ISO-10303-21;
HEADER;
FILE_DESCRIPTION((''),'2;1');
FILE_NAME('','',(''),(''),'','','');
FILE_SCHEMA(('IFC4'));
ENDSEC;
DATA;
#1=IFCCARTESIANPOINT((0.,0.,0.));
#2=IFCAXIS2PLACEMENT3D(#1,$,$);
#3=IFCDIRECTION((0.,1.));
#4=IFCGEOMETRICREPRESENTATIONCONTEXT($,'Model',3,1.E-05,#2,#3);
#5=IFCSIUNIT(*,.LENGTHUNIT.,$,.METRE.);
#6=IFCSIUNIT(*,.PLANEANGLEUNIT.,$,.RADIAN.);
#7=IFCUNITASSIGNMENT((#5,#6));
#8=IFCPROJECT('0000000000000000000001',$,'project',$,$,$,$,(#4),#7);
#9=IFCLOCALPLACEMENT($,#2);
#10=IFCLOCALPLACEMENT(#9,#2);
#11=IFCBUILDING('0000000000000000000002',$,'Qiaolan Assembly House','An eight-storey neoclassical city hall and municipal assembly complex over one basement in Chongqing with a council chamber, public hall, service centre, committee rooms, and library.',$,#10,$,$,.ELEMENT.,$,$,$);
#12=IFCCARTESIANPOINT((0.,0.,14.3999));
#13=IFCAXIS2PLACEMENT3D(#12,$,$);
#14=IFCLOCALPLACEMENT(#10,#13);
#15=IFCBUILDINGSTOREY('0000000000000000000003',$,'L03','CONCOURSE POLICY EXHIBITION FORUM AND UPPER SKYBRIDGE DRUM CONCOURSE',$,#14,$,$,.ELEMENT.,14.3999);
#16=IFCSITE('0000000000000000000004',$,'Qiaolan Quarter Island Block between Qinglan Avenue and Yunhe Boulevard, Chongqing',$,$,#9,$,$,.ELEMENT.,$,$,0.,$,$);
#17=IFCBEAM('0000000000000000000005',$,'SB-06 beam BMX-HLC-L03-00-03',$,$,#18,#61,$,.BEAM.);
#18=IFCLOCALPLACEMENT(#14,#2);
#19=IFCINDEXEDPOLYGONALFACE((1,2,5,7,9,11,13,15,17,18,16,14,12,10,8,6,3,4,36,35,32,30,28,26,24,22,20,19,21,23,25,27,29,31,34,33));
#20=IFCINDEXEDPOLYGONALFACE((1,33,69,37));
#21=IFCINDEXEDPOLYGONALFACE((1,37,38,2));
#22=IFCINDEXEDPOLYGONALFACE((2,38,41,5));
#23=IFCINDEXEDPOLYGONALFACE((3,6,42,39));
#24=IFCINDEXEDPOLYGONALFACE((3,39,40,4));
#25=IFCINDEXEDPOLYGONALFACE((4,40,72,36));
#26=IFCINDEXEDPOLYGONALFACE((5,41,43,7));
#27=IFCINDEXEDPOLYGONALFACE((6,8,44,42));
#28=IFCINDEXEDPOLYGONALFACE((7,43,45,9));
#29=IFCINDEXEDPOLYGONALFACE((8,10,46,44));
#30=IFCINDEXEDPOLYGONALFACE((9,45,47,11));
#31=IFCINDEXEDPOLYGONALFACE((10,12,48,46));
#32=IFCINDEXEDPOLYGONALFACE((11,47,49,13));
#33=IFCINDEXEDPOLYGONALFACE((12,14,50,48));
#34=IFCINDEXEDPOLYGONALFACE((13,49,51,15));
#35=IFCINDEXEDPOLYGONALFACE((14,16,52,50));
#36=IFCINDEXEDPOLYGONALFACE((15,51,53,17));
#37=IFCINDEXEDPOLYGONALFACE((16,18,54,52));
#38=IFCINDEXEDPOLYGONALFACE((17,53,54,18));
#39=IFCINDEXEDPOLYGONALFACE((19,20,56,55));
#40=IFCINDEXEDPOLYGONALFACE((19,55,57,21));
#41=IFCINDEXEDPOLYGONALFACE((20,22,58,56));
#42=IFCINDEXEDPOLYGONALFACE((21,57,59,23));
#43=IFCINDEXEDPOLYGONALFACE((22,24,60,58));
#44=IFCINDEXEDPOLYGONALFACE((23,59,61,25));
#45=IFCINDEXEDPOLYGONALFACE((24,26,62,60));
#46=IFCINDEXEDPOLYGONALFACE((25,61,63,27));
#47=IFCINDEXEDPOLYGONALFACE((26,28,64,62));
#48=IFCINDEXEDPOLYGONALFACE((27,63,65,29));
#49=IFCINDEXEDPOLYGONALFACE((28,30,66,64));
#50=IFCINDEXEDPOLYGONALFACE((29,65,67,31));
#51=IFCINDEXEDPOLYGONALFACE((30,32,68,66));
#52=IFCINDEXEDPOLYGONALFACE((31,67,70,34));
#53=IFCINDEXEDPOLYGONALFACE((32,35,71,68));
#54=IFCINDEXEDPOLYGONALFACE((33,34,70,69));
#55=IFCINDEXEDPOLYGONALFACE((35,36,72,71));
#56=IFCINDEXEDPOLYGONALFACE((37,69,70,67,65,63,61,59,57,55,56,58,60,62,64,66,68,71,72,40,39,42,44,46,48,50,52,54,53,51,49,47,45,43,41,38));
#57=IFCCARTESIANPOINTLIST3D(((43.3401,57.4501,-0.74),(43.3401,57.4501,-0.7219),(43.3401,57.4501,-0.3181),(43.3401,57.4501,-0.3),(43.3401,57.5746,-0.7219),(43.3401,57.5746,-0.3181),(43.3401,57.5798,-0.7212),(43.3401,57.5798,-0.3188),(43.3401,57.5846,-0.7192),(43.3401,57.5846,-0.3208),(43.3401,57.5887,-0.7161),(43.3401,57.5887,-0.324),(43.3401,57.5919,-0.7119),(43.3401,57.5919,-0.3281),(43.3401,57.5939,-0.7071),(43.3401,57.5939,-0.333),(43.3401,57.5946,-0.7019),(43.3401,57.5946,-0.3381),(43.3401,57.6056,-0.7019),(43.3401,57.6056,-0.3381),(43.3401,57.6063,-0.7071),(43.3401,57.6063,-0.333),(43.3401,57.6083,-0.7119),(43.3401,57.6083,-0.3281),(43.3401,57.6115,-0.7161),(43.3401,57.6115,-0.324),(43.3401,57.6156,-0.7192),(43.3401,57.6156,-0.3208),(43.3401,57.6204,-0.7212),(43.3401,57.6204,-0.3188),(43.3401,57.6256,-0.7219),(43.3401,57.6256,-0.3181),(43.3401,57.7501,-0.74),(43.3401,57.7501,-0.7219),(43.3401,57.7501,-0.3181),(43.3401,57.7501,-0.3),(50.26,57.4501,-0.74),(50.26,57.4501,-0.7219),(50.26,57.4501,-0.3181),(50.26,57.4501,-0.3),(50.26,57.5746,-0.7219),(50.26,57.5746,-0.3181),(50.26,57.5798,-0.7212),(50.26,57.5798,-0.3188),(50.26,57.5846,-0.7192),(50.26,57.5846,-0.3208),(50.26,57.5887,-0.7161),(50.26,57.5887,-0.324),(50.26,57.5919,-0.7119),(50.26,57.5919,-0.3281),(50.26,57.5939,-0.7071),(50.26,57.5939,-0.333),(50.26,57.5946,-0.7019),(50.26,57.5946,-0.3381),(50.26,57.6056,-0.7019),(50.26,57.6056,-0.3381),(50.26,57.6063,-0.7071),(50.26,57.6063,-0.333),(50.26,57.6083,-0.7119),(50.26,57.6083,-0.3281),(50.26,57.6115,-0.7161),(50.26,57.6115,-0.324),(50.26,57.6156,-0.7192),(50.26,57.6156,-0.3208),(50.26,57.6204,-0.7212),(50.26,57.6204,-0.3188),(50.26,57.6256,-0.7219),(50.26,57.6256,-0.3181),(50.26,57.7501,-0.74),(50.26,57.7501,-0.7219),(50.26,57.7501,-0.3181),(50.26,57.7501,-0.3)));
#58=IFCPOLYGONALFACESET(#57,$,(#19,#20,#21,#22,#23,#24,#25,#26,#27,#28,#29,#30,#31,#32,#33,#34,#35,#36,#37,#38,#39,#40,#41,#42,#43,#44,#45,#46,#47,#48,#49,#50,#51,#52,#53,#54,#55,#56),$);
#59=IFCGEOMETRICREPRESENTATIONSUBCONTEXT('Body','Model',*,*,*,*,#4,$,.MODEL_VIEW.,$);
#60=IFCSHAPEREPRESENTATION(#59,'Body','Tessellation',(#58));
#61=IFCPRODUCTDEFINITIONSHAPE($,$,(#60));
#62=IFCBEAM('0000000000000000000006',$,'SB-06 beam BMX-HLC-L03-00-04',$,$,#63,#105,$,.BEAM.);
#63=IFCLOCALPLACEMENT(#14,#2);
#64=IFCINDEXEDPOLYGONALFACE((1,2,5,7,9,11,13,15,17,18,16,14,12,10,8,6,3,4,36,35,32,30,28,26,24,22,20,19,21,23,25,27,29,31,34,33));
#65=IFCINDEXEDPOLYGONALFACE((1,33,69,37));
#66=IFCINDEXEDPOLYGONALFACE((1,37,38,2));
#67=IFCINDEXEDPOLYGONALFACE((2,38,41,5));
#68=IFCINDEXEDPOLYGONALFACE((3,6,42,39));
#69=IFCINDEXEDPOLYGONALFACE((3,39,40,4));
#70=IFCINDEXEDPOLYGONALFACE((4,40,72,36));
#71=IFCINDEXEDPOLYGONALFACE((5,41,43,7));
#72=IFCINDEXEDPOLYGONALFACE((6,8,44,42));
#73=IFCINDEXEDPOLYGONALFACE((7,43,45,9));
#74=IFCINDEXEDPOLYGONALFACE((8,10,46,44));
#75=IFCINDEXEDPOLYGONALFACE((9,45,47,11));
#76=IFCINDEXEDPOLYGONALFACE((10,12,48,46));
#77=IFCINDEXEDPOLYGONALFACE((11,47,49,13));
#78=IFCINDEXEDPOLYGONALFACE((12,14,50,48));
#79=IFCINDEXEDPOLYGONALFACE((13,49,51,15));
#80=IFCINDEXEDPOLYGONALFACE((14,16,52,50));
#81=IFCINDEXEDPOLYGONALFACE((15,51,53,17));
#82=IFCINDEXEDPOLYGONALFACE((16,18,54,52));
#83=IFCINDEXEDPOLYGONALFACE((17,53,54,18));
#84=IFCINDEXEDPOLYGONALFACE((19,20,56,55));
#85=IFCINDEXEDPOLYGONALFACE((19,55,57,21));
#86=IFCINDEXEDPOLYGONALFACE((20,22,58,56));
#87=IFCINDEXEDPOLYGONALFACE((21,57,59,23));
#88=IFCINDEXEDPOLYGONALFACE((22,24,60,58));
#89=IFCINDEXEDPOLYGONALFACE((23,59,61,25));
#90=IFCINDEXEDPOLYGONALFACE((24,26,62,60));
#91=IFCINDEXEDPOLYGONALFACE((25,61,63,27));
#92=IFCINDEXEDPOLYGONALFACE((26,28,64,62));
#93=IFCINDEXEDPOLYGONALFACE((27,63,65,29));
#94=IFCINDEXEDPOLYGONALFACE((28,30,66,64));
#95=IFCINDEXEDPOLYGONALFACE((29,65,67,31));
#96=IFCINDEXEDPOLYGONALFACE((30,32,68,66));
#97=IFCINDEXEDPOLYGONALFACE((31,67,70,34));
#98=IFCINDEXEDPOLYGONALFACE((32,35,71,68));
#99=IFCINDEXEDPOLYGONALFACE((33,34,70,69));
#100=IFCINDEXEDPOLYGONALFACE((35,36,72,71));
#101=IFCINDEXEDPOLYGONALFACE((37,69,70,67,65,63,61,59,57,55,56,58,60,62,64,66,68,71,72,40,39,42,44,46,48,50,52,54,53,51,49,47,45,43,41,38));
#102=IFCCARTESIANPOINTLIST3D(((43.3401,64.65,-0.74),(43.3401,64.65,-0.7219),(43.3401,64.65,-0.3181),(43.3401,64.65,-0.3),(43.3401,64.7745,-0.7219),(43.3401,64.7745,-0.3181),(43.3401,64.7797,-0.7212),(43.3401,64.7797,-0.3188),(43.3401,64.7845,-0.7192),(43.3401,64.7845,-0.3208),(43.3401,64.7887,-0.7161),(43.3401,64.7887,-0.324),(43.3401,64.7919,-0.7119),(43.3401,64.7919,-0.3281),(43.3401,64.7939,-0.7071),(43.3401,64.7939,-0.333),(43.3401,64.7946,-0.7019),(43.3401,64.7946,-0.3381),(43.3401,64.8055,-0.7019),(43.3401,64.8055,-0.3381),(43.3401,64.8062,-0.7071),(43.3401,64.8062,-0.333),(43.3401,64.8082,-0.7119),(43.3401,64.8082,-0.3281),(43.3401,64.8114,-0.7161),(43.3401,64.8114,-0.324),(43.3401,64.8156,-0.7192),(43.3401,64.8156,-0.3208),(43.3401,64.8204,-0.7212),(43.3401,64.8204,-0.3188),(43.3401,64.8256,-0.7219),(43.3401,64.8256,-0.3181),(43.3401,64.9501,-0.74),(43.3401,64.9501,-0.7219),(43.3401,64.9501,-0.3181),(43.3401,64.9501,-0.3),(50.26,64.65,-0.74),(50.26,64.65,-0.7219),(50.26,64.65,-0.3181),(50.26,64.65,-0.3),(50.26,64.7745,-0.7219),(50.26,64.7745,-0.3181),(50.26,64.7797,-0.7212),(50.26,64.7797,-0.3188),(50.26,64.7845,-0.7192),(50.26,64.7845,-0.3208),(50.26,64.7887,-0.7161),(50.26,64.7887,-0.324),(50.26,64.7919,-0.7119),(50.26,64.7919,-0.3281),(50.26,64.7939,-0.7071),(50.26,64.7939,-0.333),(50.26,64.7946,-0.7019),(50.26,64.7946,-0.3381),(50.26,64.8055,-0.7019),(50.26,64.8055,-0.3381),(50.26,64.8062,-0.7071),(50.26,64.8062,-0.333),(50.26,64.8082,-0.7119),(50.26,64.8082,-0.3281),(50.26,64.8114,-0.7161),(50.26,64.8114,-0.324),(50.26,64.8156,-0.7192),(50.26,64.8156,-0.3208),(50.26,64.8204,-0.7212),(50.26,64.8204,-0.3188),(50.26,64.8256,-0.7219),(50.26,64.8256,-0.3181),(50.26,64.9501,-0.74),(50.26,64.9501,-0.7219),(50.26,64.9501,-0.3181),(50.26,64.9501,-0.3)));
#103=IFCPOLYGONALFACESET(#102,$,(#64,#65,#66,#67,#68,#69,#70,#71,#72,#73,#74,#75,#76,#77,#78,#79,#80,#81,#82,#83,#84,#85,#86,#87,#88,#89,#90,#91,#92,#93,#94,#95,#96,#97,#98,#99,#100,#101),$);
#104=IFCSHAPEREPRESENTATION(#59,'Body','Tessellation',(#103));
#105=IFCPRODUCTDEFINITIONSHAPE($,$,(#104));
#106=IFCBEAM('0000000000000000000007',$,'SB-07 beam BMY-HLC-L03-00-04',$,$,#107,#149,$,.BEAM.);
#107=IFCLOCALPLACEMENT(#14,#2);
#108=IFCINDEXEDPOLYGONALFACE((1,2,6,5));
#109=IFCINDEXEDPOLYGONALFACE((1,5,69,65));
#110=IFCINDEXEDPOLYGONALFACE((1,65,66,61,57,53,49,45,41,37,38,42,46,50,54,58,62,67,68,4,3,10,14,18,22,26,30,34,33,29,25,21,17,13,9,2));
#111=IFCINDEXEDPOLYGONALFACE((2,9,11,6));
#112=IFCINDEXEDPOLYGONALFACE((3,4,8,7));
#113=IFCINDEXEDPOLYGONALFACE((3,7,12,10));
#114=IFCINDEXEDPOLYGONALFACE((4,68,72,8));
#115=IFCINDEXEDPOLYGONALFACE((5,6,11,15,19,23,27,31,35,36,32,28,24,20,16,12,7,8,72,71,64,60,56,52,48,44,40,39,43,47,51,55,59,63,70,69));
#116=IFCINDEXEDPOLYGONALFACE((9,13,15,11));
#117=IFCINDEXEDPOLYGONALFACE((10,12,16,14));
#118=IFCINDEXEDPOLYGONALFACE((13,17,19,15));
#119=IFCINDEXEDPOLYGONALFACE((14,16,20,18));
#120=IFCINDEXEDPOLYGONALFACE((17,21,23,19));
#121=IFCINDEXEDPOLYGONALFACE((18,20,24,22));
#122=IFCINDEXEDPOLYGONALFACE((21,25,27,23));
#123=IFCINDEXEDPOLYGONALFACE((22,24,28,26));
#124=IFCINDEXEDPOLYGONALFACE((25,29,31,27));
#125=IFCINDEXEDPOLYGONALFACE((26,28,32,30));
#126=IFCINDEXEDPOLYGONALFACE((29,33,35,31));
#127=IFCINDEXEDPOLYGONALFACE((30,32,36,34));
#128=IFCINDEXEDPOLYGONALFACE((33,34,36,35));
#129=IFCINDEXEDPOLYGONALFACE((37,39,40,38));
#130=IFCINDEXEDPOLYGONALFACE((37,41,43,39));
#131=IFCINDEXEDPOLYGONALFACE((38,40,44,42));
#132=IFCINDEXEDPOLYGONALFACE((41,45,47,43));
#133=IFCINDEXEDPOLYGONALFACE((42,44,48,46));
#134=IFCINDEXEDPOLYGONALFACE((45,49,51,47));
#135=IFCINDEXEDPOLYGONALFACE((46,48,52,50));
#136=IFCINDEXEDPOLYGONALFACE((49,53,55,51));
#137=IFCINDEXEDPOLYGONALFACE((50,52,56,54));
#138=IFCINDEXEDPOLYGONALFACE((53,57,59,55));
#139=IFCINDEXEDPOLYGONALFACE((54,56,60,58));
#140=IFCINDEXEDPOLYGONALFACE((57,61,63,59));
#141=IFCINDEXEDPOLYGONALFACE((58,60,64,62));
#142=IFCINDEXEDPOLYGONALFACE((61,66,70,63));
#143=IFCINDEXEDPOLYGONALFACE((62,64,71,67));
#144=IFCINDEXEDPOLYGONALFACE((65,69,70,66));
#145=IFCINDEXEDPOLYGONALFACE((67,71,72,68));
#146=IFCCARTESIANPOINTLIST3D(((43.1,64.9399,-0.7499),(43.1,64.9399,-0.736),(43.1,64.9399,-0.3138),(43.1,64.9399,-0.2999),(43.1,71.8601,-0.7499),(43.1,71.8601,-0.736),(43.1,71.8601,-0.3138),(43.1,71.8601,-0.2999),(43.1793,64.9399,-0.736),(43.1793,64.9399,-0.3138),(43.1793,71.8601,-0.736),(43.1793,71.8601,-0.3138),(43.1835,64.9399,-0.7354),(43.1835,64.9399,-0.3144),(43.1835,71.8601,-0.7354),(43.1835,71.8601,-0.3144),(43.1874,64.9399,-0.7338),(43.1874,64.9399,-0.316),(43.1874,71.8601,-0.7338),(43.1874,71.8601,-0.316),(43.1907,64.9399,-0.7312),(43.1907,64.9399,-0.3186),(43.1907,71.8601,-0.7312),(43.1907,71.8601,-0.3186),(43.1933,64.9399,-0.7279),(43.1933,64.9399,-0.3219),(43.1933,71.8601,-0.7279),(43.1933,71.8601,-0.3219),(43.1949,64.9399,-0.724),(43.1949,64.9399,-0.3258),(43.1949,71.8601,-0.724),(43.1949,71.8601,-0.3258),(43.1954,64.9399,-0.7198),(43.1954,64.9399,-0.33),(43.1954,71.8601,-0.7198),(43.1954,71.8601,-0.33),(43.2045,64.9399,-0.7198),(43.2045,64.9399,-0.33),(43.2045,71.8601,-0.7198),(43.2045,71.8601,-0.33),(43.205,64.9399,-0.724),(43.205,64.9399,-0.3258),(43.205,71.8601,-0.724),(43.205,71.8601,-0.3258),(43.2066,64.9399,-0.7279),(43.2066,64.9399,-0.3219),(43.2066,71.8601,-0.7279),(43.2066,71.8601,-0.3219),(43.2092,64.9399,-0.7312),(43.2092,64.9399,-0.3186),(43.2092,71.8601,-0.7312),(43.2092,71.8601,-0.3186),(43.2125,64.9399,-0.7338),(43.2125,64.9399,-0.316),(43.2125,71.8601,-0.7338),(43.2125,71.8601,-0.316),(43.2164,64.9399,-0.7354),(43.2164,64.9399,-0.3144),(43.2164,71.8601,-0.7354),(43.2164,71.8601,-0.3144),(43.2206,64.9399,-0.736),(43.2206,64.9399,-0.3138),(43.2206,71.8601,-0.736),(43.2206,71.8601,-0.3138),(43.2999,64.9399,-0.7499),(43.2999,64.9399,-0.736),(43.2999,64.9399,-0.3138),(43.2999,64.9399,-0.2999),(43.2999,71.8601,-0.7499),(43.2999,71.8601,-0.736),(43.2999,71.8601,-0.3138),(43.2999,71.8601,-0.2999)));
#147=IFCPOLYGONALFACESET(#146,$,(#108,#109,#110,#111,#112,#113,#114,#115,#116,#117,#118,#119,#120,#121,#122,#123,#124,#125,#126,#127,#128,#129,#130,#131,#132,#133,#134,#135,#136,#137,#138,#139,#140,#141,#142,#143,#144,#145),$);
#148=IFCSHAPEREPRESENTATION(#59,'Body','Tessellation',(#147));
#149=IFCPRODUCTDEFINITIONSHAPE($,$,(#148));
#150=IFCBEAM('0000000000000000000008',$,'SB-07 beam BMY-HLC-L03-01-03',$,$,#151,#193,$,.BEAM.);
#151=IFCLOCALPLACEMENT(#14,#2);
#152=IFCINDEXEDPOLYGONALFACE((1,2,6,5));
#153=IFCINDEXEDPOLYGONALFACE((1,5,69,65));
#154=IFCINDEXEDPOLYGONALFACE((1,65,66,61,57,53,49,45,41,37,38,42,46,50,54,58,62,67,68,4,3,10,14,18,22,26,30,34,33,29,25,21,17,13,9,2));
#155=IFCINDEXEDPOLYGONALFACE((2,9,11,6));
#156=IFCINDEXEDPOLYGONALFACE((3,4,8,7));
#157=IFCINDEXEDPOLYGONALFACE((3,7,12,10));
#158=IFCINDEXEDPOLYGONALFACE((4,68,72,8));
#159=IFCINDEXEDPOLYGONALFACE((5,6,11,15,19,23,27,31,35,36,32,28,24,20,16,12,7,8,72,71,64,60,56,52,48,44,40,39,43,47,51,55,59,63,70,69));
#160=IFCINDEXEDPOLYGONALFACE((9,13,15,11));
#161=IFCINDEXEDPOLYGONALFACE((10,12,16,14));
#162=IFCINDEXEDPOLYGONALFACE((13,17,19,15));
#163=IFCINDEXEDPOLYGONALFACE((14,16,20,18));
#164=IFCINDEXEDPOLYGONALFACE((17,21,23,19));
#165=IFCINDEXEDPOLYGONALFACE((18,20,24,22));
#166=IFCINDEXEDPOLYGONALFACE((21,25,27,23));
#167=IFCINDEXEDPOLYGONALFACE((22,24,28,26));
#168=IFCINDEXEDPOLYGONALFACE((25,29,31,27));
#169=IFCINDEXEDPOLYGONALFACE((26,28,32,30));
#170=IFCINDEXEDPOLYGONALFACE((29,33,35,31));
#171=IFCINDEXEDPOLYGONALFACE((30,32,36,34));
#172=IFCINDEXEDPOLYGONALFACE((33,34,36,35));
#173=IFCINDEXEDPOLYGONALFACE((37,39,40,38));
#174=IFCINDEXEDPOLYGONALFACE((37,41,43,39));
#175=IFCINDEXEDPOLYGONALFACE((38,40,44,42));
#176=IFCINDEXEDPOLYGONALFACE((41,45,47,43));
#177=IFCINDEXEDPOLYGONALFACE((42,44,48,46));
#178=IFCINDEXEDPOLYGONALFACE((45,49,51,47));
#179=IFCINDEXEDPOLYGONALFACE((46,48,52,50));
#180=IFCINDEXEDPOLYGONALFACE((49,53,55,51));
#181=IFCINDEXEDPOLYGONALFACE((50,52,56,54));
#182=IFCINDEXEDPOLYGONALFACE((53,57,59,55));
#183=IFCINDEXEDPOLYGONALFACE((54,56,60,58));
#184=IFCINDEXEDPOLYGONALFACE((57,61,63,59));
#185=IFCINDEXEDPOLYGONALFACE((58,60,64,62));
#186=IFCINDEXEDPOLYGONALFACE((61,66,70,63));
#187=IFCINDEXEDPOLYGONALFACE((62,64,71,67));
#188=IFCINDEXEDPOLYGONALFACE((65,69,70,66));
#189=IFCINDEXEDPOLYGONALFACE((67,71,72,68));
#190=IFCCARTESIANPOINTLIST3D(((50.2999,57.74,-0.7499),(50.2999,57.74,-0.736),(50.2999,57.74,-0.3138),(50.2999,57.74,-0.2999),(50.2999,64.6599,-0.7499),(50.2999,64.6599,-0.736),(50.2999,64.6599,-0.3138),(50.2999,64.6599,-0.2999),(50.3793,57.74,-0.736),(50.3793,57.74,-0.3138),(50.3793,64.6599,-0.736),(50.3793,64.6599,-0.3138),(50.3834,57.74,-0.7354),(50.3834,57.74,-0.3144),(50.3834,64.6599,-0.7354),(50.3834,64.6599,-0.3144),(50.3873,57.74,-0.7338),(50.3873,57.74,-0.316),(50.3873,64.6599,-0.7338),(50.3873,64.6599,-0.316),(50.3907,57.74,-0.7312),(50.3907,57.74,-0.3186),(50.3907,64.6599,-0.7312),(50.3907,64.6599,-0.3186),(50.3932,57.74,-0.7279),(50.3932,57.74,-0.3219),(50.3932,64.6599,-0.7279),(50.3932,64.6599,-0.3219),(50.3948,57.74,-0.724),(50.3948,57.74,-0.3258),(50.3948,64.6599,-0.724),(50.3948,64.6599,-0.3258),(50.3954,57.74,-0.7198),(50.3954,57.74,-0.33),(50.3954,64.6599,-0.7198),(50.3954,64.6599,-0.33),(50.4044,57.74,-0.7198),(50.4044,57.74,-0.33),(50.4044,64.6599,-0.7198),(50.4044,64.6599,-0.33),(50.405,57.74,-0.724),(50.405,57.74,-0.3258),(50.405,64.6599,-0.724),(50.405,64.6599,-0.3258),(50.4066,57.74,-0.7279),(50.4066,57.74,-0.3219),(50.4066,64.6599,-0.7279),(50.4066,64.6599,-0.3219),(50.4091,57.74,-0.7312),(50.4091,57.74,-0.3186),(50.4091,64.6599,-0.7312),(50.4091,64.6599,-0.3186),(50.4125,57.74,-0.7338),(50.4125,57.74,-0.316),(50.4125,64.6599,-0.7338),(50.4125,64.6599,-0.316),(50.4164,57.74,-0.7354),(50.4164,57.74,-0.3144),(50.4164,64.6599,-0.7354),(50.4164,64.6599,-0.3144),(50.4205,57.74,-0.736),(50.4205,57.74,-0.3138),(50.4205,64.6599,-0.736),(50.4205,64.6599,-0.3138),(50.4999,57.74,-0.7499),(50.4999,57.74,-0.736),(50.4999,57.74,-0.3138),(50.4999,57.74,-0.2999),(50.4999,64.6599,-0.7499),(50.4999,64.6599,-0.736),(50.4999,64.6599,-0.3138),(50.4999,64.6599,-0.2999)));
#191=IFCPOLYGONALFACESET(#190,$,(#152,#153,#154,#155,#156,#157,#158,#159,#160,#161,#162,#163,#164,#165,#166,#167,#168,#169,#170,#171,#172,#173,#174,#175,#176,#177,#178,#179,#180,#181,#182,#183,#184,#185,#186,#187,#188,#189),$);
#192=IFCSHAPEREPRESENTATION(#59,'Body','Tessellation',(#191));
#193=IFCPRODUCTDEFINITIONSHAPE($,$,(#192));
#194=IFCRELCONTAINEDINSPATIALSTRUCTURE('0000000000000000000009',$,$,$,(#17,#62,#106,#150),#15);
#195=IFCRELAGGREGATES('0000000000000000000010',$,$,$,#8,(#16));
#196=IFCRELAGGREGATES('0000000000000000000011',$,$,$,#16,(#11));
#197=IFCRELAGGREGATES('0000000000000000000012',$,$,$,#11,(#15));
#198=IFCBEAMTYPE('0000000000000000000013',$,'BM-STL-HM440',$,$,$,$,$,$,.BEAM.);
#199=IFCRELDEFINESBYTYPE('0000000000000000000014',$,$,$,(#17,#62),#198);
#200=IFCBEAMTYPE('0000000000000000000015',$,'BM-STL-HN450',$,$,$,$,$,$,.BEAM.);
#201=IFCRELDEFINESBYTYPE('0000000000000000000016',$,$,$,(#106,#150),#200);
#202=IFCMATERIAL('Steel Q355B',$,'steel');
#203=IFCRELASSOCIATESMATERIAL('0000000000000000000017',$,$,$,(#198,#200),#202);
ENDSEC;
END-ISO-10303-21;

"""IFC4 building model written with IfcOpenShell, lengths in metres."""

from ifc_helpers import new_model, si_unit, direction, frame, origin, origin_2d, place, context, subcontext, project, spatial, i_section, extrude, material, material_profile, profile_set, type_object, element, save


model = new_model("IFC4")

# Units and contexts
model_context = context("Model", 3, precision=1e-05, world=origin(), true_north=direction((0.0, 1.0)))
body_context = subcontext(model_context, "Body", "Model", "MODEL_VIEW")
ifc_project = project(units=[si_unit("LENGTHUNIT", "METRE"), si_unit("PLANEANGLEUNIT", "RADIAN")], contexts=[model_context])

# Site, building, storey
site_placement = place(None, origin())
site = spatial("IfcSite", under=ifc_project, at=site_placement, Name="Qiaolan Quarter Island Block between Qinglan Avenue and Yunhe Boulevard, Chongqing", CompositionType="ELEMENT", RefElevation=0.0)
building_placement = place(site_placement, origin())
building = spatial("IfcBuilding", under=site, at=building_placement, Name="Qiaolan Assembly House", Description="An eight-storey neoclassical city hall and municipal assembly complex over one basement in Chongqing with a council chamber, public hall, service centre, committee rooms, and library.", CompositionType="ELEMENT")
storey_placement = place(building_placement, frame((0.0, 0.0, 14.3999)))
storey = spatial("IfcBuildingStorey", under=building, at=storey_placement, Name="L03", Description="CONCOURSE POLICY EXHIBITION FORUM AND UPPER SKYBRIDGE DRUM CONCOURSE", CompositionType="ELEMENT", Elevation=14.3999)

# Shared definitions
ifc_material_1 = material(Name="Steel Q355B", Category="steel")

# Beams
ifc_material_profile_1 = material_profile(ifc_material_1, i_section(OverallWidth=0.3, OverallDepth=0.4399, WebThickness=0.011, FlangeThickness=0.0181, FilletRadius=0.02, at=origin_2d()), Name="HM 440x300x11x18")
ifc_profile_set_1 = profile_set([ifc_material_profile_1], Name="Steel Q355B")
beam_type_1 = type_object("IfcBeamType", Name="BM-STL-HM440", PredefinedType="BEAM", material=ifc_profile_set_1)
for number, where, z_axis, x_axis, name in (
    (1, (43.3401, 57.6001, -0.52), (1.0, 0.0, 0.0), (0.0, 1.0, 0.0), "SB-06 beam BMX-HLC-L03-00-03"),
    (2, (43.3401, 64.8, -0.52), (1.0, 0.0, 0.0), (0.0, 1.0, 0.0), "SB-06 beam BMX-HLC-L03-00-04"),
):
    element("IfcBeam", number, at=place(storey_placement, frame(where, z_axis=z_axis, x_axis=x_axis)), inside=storey, type_object=beam_type_1, Name=name, PredefinedType="BEAM", context=body_context, shape_type="SweptSolid", body=[
        extrude(i_section(OverallWidth=0.3, OverallDepth=0.4399, WebThickness=0.011, FlangeThickness=0.0181, FilletRadius=0.02, at=origin_2d()), origin(), (0.0, 0.0, 1.0), 6.9199),
    ])
ifc_material_profile_2 = material_profile(ifc_material_1, i_section(OverallWidth=0.2, OverallDepth=0.45, WebThickness=0.009, FlangeThickness=0.0139, FilletRadius=0.0161, at=origin_2d()), Name="HN 450x200x9x14")
ifc_profile_set_2 = profile_set([ifc_material_profile_2], Name="Steel Q355B")
beam_type_2 = type_object("IfcBeamType", Name="BM-STL-HN450", PredefinedType="BEAM", material=ifc_profile_set_2)
beam_1_placement = place(storey_placement, frame((43.2, 64.9399, -0.5249), z_axis=(0.0, 1.0, 0.0), x_axis=(-1.0, 0.0, 0.0)))
element("IfcBeam", 3, at=beam_1_placement, inside=storey, type_object=beam_type_2, Name="SB-07 beam BMY-HLC-L03-00-04", PredefinedType="BEAM", context=body_context, shape_type="SweptSolid", body=[
    extrude(i_section(OverallWidth=0.2, OverallDepth=0.45, WebThickness=0.009, FlangeThickness=0.0139, FilletRadius=0.0161, at=origin_2d()), origin(), (0.0, 0.0, 1.0), 6.9202),
])
beam_2_placement = place(storey_placement, frame((50.3999, 57.74, -0.5249), z_axis=(0.0, 1.0, 0.0), x_axis=(-1.0, 0.0, 0.0)))
element("IfcBeam", 4, at=beam_2_placement, inside=storey, type_object=beam_type_2, Name="SB-07 beam BMY-HLC-L03-01-03", PredefinedType="BEAM", context=body_context, shape_type="SweptSolid", body=[
    extrude(i_section(OverallWidth=0.2, OverallDepth=0.45, WebThickness=0.009, FlangeThickness=0.0139, FilletRadius=0.0161, at=origin_2d()), origin(), (0.0, 0.0, 1.0), 6.9199),
])

save(model, "model.ifc")
